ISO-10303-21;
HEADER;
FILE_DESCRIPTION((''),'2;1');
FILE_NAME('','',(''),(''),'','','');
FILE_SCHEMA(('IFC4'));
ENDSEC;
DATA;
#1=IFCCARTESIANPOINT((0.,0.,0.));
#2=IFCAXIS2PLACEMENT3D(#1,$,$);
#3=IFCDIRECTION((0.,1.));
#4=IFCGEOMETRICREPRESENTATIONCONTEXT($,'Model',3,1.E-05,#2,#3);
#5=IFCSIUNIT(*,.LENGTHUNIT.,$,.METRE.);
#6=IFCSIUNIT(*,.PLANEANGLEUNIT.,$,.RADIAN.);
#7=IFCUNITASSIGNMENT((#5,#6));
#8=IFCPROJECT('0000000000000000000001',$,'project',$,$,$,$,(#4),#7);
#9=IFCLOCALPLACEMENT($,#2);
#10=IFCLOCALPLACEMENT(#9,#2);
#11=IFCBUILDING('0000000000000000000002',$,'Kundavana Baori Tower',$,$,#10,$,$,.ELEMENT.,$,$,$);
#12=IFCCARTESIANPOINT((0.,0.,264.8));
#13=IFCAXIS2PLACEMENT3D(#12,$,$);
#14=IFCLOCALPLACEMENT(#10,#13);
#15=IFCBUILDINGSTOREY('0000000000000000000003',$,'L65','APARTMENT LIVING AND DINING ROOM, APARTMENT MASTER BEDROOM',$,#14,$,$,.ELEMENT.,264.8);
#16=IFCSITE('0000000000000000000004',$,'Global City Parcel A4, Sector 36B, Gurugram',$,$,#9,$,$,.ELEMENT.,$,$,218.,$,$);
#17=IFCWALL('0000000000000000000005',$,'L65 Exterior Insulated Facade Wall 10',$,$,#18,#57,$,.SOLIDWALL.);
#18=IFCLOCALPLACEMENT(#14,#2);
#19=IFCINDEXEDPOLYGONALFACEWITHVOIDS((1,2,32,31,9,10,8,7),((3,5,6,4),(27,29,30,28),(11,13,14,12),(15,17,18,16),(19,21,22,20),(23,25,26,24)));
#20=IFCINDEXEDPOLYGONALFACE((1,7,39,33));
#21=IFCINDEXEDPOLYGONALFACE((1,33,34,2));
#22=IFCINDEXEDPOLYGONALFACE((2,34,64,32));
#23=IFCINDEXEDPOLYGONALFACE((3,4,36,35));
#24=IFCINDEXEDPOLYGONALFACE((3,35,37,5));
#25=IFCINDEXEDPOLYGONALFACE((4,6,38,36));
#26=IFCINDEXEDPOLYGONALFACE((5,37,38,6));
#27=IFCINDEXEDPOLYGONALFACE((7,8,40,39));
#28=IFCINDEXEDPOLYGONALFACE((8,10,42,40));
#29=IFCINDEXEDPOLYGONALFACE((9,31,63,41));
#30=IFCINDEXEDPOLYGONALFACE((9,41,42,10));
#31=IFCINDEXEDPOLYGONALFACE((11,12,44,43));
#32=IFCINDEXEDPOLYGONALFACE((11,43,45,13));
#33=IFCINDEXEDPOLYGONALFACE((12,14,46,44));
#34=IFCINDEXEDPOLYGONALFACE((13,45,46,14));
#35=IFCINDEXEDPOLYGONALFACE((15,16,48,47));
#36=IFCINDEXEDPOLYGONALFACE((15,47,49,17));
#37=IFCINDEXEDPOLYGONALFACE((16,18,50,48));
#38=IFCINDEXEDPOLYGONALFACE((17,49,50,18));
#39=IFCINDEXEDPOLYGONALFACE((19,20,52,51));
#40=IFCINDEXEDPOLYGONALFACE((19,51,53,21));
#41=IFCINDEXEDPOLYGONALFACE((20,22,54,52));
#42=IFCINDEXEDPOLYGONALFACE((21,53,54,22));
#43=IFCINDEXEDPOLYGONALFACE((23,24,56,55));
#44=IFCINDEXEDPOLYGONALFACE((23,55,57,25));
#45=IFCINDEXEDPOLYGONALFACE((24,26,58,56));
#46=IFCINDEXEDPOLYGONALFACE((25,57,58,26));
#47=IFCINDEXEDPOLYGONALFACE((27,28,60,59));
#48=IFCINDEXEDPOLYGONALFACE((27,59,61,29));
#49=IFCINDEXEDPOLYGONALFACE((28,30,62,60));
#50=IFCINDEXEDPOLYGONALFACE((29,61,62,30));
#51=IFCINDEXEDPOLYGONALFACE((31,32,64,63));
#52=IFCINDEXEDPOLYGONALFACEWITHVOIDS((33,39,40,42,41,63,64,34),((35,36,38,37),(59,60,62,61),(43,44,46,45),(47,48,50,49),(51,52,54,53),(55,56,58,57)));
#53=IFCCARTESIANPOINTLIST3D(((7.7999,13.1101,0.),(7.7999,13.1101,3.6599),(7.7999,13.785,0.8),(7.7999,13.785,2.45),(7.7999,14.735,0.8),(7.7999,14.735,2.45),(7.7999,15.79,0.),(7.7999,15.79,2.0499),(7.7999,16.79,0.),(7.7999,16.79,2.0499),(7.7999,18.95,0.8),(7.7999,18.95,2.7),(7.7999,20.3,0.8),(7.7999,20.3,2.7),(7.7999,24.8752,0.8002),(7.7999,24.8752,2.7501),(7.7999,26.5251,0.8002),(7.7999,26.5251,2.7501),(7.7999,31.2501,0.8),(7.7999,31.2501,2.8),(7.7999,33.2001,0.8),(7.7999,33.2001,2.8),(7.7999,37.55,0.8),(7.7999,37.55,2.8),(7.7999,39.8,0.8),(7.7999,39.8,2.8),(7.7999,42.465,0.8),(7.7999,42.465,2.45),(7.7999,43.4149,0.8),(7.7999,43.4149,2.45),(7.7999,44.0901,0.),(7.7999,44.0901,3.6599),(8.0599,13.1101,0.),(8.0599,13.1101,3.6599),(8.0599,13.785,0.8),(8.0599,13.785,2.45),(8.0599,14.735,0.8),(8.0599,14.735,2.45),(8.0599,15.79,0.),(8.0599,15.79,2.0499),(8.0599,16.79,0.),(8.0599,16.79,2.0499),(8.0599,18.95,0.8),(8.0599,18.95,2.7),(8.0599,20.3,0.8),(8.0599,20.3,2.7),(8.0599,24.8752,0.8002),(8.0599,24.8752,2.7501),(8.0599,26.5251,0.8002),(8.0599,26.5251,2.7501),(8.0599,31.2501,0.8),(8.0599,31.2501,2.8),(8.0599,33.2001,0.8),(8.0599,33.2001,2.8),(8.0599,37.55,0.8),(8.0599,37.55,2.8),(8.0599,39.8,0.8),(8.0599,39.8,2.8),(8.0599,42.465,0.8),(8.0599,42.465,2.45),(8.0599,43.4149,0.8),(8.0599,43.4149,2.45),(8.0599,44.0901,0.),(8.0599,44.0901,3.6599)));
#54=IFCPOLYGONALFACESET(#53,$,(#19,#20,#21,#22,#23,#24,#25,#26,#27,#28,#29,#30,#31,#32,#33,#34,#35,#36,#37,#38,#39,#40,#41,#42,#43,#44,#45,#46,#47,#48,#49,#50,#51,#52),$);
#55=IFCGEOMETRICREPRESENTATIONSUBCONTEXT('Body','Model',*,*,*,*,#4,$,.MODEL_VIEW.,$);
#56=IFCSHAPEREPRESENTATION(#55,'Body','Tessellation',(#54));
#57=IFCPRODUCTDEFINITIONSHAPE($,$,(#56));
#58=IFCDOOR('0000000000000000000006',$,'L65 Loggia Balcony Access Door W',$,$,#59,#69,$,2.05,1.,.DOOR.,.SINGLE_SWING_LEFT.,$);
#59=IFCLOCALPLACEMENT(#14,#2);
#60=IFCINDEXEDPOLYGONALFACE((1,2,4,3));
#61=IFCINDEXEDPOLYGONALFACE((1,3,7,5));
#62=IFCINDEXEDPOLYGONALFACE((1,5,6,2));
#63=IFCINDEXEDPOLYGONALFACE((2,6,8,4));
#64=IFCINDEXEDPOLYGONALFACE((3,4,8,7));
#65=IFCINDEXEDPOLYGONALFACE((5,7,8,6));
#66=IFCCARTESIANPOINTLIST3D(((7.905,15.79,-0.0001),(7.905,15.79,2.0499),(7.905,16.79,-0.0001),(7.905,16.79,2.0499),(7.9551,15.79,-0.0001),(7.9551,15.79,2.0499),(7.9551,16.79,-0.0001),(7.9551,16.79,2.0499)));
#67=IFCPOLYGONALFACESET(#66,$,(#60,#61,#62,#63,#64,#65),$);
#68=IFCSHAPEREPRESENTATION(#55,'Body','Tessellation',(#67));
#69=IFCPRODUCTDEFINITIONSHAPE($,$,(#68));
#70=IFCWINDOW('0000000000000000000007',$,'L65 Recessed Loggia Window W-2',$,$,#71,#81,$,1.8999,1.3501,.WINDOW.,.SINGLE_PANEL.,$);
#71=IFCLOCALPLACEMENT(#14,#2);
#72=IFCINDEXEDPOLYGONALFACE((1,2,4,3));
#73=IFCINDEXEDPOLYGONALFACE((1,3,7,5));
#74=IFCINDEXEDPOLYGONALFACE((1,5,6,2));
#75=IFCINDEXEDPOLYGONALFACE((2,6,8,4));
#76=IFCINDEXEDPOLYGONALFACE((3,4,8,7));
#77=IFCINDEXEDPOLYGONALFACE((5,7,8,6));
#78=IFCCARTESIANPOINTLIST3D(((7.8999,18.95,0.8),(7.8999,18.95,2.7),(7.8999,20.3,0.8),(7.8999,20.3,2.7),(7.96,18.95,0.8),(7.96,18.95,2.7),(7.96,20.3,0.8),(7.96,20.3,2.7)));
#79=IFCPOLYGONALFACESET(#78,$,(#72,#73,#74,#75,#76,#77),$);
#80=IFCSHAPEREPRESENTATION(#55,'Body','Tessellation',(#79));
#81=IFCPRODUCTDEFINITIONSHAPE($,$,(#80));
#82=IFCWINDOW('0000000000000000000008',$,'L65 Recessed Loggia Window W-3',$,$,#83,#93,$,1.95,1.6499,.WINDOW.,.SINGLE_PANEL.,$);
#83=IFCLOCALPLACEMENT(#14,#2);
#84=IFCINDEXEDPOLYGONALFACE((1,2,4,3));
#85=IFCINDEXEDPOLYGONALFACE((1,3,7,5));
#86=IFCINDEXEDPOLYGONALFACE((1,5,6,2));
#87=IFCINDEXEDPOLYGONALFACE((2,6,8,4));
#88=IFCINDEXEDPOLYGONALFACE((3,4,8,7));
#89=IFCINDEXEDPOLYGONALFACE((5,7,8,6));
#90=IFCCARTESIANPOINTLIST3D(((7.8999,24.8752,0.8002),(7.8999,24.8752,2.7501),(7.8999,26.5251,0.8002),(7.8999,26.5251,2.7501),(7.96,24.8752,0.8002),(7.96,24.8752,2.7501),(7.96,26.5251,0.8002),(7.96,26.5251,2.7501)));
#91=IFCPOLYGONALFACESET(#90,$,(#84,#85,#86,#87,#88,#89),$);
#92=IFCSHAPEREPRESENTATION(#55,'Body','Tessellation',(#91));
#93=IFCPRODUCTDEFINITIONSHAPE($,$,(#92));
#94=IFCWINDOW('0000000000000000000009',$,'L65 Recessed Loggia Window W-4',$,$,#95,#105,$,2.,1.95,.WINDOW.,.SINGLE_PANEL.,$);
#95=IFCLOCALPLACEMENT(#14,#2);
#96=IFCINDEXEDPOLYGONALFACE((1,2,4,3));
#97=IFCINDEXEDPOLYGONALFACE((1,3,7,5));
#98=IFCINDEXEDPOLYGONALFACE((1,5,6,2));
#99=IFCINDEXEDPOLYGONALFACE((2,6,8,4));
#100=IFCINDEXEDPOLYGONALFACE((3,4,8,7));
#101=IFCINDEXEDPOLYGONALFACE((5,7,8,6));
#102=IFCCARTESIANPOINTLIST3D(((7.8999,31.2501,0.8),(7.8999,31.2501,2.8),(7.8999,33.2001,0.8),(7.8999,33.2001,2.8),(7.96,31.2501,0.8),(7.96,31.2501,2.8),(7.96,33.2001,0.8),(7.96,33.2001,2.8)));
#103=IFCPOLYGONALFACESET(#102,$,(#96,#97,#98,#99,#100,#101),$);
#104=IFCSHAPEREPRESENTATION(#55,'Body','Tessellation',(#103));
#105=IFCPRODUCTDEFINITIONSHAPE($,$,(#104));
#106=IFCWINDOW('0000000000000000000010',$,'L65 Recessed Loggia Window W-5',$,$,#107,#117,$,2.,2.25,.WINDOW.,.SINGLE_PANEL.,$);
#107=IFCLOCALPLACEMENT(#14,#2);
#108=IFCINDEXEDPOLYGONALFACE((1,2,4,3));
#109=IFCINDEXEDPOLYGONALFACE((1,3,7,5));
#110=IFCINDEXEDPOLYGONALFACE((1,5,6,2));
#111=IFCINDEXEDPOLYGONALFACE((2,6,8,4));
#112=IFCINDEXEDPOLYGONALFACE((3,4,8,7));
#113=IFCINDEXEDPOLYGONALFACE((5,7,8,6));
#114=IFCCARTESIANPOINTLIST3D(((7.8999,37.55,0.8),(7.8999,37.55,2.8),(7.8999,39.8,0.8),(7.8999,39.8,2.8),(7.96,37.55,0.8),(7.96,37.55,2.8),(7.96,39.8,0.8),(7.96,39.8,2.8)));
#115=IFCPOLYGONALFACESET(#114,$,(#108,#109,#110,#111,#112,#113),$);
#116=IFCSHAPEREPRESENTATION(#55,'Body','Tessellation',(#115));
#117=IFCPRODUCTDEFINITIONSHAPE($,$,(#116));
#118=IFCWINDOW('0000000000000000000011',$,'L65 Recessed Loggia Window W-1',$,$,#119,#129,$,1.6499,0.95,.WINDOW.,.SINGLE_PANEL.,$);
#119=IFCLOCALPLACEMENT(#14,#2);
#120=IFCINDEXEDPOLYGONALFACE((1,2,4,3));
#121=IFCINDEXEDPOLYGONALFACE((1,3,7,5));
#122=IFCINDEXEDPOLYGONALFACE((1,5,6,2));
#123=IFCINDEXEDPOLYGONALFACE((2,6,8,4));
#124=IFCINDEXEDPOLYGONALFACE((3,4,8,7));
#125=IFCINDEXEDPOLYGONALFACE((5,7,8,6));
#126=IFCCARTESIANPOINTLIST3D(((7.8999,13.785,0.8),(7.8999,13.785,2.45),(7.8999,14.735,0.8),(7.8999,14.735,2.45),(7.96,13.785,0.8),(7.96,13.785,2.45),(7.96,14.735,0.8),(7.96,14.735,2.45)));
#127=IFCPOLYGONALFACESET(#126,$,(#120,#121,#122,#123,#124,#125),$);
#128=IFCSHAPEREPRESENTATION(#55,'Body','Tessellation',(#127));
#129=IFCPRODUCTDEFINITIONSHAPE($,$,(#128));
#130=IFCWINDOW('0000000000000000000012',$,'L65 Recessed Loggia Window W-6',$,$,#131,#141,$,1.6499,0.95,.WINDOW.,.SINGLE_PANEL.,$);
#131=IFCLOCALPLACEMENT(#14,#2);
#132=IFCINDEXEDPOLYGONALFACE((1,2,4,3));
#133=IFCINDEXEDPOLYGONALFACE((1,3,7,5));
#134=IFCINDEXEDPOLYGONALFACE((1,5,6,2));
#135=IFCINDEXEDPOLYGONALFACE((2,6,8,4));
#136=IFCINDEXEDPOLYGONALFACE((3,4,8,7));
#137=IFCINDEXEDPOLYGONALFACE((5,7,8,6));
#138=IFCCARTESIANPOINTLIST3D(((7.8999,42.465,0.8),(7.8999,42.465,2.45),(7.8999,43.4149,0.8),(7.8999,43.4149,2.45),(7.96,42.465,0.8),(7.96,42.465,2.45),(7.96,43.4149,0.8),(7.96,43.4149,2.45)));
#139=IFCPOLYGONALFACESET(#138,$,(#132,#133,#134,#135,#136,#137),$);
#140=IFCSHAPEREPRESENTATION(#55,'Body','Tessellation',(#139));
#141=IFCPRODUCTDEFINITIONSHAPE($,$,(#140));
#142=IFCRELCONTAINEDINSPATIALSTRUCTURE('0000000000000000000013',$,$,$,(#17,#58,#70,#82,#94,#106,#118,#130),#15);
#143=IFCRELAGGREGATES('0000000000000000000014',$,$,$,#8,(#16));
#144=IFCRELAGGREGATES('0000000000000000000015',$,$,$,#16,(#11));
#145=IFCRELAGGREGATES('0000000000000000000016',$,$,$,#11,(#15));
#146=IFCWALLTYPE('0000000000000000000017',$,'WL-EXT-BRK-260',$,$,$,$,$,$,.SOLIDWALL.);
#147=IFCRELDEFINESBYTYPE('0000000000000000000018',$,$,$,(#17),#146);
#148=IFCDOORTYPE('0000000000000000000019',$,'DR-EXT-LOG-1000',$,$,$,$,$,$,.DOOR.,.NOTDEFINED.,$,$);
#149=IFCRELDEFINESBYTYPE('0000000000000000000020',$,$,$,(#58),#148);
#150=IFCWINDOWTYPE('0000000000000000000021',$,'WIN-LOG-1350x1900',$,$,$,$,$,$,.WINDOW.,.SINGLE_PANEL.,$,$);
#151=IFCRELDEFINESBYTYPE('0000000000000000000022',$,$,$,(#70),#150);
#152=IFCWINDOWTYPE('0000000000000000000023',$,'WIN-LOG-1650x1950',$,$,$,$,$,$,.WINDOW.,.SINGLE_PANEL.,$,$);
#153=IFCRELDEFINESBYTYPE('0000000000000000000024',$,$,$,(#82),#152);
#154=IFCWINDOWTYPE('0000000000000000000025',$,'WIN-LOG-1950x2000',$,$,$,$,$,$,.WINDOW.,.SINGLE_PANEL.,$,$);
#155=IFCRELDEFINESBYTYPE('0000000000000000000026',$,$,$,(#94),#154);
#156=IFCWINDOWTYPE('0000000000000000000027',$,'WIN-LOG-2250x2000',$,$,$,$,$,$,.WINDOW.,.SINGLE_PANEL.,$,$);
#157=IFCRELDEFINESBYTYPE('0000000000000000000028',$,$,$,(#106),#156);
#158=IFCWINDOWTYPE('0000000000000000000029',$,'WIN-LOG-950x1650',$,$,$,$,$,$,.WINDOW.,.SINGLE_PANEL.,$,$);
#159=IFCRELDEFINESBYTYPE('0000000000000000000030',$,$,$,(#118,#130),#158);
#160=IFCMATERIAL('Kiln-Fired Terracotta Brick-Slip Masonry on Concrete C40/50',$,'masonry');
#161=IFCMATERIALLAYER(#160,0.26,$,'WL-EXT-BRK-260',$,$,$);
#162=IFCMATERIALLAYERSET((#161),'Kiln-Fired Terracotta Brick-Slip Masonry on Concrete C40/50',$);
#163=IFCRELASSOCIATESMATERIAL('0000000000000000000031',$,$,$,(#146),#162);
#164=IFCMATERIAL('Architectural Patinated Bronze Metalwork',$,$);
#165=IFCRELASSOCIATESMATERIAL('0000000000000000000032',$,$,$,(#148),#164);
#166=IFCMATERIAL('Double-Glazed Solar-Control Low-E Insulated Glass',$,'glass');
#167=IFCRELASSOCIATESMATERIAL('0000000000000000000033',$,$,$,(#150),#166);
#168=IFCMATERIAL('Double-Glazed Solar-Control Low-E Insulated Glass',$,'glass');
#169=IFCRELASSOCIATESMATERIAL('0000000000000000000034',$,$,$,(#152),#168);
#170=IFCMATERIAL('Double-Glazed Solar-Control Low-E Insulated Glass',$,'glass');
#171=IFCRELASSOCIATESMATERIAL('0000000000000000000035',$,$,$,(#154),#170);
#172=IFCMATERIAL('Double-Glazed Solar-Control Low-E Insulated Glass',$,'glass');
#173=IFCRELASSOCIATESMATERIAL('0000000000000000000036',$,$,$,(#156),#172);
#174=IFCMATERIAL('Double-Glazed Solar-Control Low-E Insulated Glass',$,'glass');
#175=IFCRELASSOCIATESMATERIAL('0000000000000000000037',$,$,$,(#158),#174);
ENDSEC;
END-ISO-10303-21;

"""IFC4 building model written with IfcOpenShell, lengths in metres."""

from ifc_helpers import new_model, si_unit, direction, frame, frame_2d, origin, place, context, subcontext, project, spatial, rectangle, extrude, material, layer, layer_set, type_object, element, fill, save


model = new_model("IFC4")

# Units and contexts
model_context = context("Model", 3, precision=1e-05, world=origin(), true_north=direction((0.0, 1.0)))
body_context = subcontext(model_context, "Body", "Model", "MODEL_VIEW")
ifc_project = project(units=[si_unit("LENGTHUNIT", "METRE"), si_unit("PLANEANGLEUNIT", "RADIAN")], contexts=[model_context])

# Site, building, storey
site_placement = place(None, origin())
site = spatial("IfcSite", under=ifc_project, at=site_placement, Name="Global City Parcel A4, Sector 36B, Gurugram", CompositionType="ELEMENT", RefElevation=218.0)
building_placement = place(site_placement, origin())
building = spatial("IfcBuilding", under=site, at=building_placement, Name="Kundavana Baori Tower", CompositionType="ELEMENT")
storey_placement = place(building_placement, frame((0.0, 0.0, 264.8)))
storey = spatial("IfcBuildingStorey", under=building, at=storey_placement, Name="L65", Description="APARTMENT LIVING AND DINING ROOM, APARTMENT MASTER BEDROOM", CompositionType="ELEMENT", Elevation=264.8)

# Shared definitions
ifc_material_1 = material(Name="Kiln-Fired Terracotta Brick-Slip Masonry on Concrete C40/50", Category="masonry")
ifc_layer_1 = layer(ifc_material_1, 0.26, Name="WL-EXT-BRK-260")
ifc_layer_set_1 = layer_set([ifc_layer_1], Name="Kiln-Fired Terracotta Brick-Slip Masonry on Concrete C40/50")
wall_type_1 = type_object("IfcWallType", Name="WL-EXT-BRK-260", PredefinedType="SOLIDWALL", material=ifc_layer_set_1)

# Wall, openings, door, windows
wall_1_placement = place(storey_placement, frame((7.9299, 44.0901, 0.0), z_axis=(0.0, 0.0, 1.0), x_axis=(0.0, -1.0, 0.0)))
wall_1 = element("IfcWall", 1, at=wall_1_placement, inside=storey, type_object=wall_type_1, Name="L65 Exterior Insulated Facade Wall 10", PredefinedType="SOLIDWALL", context=body_context, shape_type="SweptSolid", body=[
    extrude(rectangle(XDim=30.98, YDim=0.26, at=frame_2d((15.49, 0.0))), origin(), (0.0, 0.0, 1.0), 3.6599),
])
opening_1_placement = place(wall_1_placement, frame((29.355, 0.0, 0.8)))
opening_1 = element("IfcOpeningElement", 2, at=opening_1_placement, cuts=wall_1, PredefinedType="OPENING", context=body_context, shape_type="SweptSolid", body=[
    extrude(rectangle(XDim=0.95, YDim=1.6499, at=frame_2d((0.4751, 0.825))), frame((0.0, 0.1401, 0.0), z_axis=(0.0, -1.0, 0.0), x_axis=(1.0, 0.0, 0.0)), (0.0, 0.0, 1.0), 0.28),
])
opening_2_placement = place(wall_1_placement, frame((27.3, 0.0, 0.0)))
opening_2 = element("IfcOpeningElement", 3, at=opening_2_placement, cuts=wall_1, PredefinedType="OPENING", context=body_context, shape_type="SweptSolid", body=[
    extrude(rectangle(XDim=1.0, YDim=2.05, at=frame_2d((0.5, 1.0249))), frame((0.0, 0.1401, 0.0), z_axis=(0.0, -1.0, 0.0), x_axis=(1.0, 0.0, 0.0)), (0.0, 0.0, 1.0), 0.28),
])
opening_3_placement = place(wall_1_placement, frame((23.79, 0.0, 0.8)))
opening_3 = element("IfcOpeningElement", 4, at=opening_3_placement, cuts=wall_1, PredefinedType="OPENING", context=body_context, shape_type="SweptSolid", body=[
    extrude(rectangle(XDim=1.3501, YDim=1.8999, at=frame_2d((0.675, 0.95))), frame((0.0, 0.1401, 0.0), z_axis=(0.0, -1.0, 0.0), x_axis=(1.0, 0.0, 0.0)), (0.0, 0.0, 1.0), 0.28),
])
opening_4_placement = place(wall_1_placement, frame((17.5649, 0.0, 0.8)))
opening_4 = element("IfcOpeningElement", 5, at=opening_4_placement, cuts=wall_1, PredefinedType="OPENING", context=body_context, shape_type="SweptSolid", body=[
    extrude(rectangle(XDim=1.6499, YDim=1.95, at=frame_2d((0.825, 0.9751))), frame((0.0, 0.1401, 0.0), z_axis=(0.0, -1.0, 0.0), x_axis=(1.0, 0.0, 0.0)), (0.0, 0.0, 1.0), 0.28),
])
opening_5_placement = place(wall_1_placement, frame((10.8899, 0.0, 0.8)))
opening_5 = element("IfcOpeningElement", 6, at=opening_5_placement, cuts=wall_1, PredefinedType="OPENING", context=body_context, shape_type="SweptSolid", body=[
    extrude(rectangle(XDim=1.95, YDim=2.0, at=frame_2d((0.9751, 1.0))), frame((0.0, 0.1401, 0.0), z_axis=(0.0, -1.0, 0.0), x_axis=(1.0, 0.0, 0.0)), (0.0, 0.0, 1.0), 0.28),
])
opening_6_placement = place(wall_1_placement, frame((4.29, 0.0, 0.8)))
opening_6 = element("IfcOpeningElement", 7, at=opening_6_placement, cuts=wall_1, PredefinedType="OPENING", context=body_context, shape_type="SweptSolid", body=[
    extrude(rectangle(XDim=2.25, YDim=2.0, at=frame_2d((1.125, 1.0))), frame((0.0, 0.1401, 0.0), z_axis=(0.0, -1.0, 0.0), x_axis=(1.0, 0.0, 0.0)), (0.0, 0.0, 1.0), 0.28),
])
opening_7_placement = place(wall_1_placement, frame((0.675, 0.0, 0.8)))
opening_7 = element("IfcOpeningElement", 8, at=opening_7_placement, cuts=wall_1, PredefinedType="OPENING", context=body_context, shape_type="SweptSolid", body=[
    extrude(rectangle(XDim=0.95, YDim=1.6499, at=frame_2d((0.4751, 0.825))), frame((0.0, 0.1401, 0.0), z_axis=(0.0, -1.0, 0.0), x_axis=(1.0, 0.0, 0.0)), (0.0, 0.0, 1.0), 0.28),
])
ifc_material_2 = material(Name="Architectural Patinated Bronze Metalwork")
door_type_1 = type_object("IfcDoorType", Name="DR-EXT-LOG-1000", OperationType="NOTDEFINED", PredefinedType="DOOR", material=ifc_material_2)
door_1_placement = place(opening_2_placement, frame((1.0, 0.0, 0.0), z_axis=(0.0, 0.0, 1.0), x_axis=(-1.0, 0.0, 0.0)))
door_1 = element("IfcDoor", 9, at=door_1_placement, inside=storey, type_object=door_type_1, Name="L65 Loggia Balcony Access Door W", OperationType="SINGLE_SWING_LEFT", OverallHeight=2.05, OverallWidth=1.0, PredefinedType="DOOR", context=body_context, shape_type="SweptSolid", body=[
    extrude(rectangle(XDim=1.0, YDim=2.05, at=frame_2d((0.5, 1.0249))), frame((0.0, 0.0249, 0.0), z_axis=(0.0, -1.0, 0.0), x_axis=(1.0, 0.0, 0.0)), (0.0, 0.0, 1.0), 0.05),
])
fill(opening_2, door_1)
ifc_material_3 = material(Name="Double-Glazed Solar-Control Low-E Insulated Glass", Category="glass")
window_type_1 = type_object("IfcWindowType", Name="WIN-LOG-1350x1900", PartitioningType="SINGLE_PANEL", PredefinedType="WINDOW", material=ifc_material_3)
window_1_placement = place(opening_3_placement, origin())
window_1 = element("IfcWindow", 10, at=window_1_placement, inside=storey, type_object=window_type_1, Name="L65 Recessed Loggia Window W-2", OverallHeight=1.8999, OverallWidth=1.3501, PartitioningType="SINGLE_PANEL", PredefinedType="WINDOW", context=body_context, shape_type="SweptSolid", body=[
    extrude(rectangle(XDim=1.3501, YDim=1.8999, at=frame_2d((0.675, 0.95))), frame((0.0, 0.03, 0.0), z_axis=(0.0, -1.0, 0.0), x_axis=(1.0, 0.0, 0.0)), (0.0, 0.0, 1.0), 0.0601),
])
fill(opening_3, window_1)
ifc_material_4 = material(Name="Double-Glazed Solar-Control Low-E Insulated Glass", Category="glass")
window_type_2 = type_object("IfcWindowType", Name="WIN-LOG-1650x1950", PartitioningType="SINGLE_PANEL", PredefinedType="WINDOW", material=ifc_material_4)
window_2_placement = place(opening_4_placement, origin())
window_2 = element("IfcWindow", 11, at=window_2_placement, inside=storey, type_object=window_type_2, Name="L65 Recessed Loggia Window W-3", OverallHeight=1.95, OverallWidth=1.6499, PartitioningType="SINGLE_PANEL", PredefinedType="WINDOW", context=body_context, shape_type="SweptSolid", body=[
    extrude(rectangle(XDim=1.6499, YDim=1.95, at=frame_2d((0.825, 0.9751))), frame((0.0, 0.03, 0.0), z_axis=(0.0, -1.0, 0.0), x_axis=(1.0, 0.0, 0.0)), (0.0, 0.0, 1.0), 0.0601),
])
fill(opening_4, window_2)
ifc_material_5 = material(Name="Double-Glazed Solar-Control Low-E Insulated Glass", Category="glass")
window_type_3 = type_object("IfcWindowType", Name="WIN-LOG-1950x2000", PartitioningType="SINGLE_PANEL", PredefinedType="WINDOW", material=ifc_material_5)
window_3_placement = place(opening_5_placement, origin())
window_3 = element("IfcWindow", 12, at=window_3_placement, inside=storey, type_object=window_type_3, Name="L65 Recessed Loggia Window W-4", OverallHeight=2.0, OverallWidth=1.95, PartitioningType="SINGLE_PANEL", PredefinedType="WINDOW", context=body_context, shape_type="SweptSolid", body=[
    extrude(rectangle(XDim=1.95, YDim=2.0, at=frame_2d((0.9751, 1.0))), frame((0.0, 0.03, 0.0), z_axis=(0.0, -1.0, 0.0), x_axis=(1.0, 0.0, 0.0)), (0.0, 0.0, 1.0), 0.0601),
])
fill(opening_5, window_3)
ifc_material_6 = material(Name="Double-Glazed Solar-Control Low-E Insulated Glass", Category="glass")
window_type_4 = type_object("IfcWindowType", Name="WIN-LOG-2250x2000", PartitioningType="SINGLE_PANEL", PredefinedType="WINDOW", material=ifc_material_6)
window_4_placement = place(opening_6_placement, origin())
window_4 = element("IfcWindow", 13, at=window_4_placement, inside=storey, type_object=window_type_4, Name="L65 Recessed Loggia Window W-5", OverallHeight=2.0, OverallWidth=2.25, PartitioningType="SINGLE_PANEL", PredefinedType="WINDOW", context=body_context, shape_type="SweptSolid", body=[
    extrude(rectangle(XDim=2.25, YDim=2.0, at=frame_2d((1.125, 1.0))), frame((0.0, 0.03, 0.0), z_axis=(0.0, -1.0, 0.0), x_axis=(1.0, 0.0, 0.0)), (0.0, 0.0, 1.0), 0.0601),
])
fill(opening_6, window_4)
ifc_material_7 = material(Name="Double-Glazed Solar-Control Low-E Insulated Glass", Category="glass")
window_type_5 = type_object("IfcWindowType", Name="WIN-LOG-950x1650", PartitioningType="SINGLE_PANEL", PredefinedType="WINDOW", material=ifc_material_7)
window_5_placement = place(opening_1_placement, origin())
window_5 = element("IfcWindow", 14, at=window_5_placement, inside=storey, type_object=window_type_5, Name="L65 Recessed Loggia Window W-1", OverallHeight=1.6499, OverallWidth=0.95, PartitioningType="SINGLE_PANEL", PredefinedType="WINDOW", context=body_context, shape_type="SweptSolid", body=[
    extrude(rectangle(XDim=0.95, YDim=1.6499, at=frame_2d((0.4751, 0.825))), frame((0.0, 0.03, 0.0), z_axis=(0.0, -1.0, 0.0), x_axis=(1.0, 0.0, 0.0)), (0.0, 0.0, 1.0), 0.0601),
])
fill(opening_1, window_5)
window_6_placement = place(opening_7_placement, origin())
window_6 = element("IfcWindow", 15, at=window_6_placement, inside=storey, type_object=window_type_5, Name="L65 Recessed Loggia Window W-6", OverallHeight=1.6499, OverallWidth=0.95, PartitioningType="SINGLE_PANEL", PredefinedType="WINDOW", context=body_context, shape_type="SweptSolid", body=[
    extrude(rectangle(XDim=0.95, YDim=1.6499, at=frame_2d((0.4751, 0.825))), frame((0.0, 0.03, 0.0), z_axis=(0.0, -1.0, 0.0), x_axis=(1.0, 0.0, 0.0)), (0.0, 0.0, 1.0), 0.0601),
])
fill(opening_7, window_6)

save(model, "model.ifc")
